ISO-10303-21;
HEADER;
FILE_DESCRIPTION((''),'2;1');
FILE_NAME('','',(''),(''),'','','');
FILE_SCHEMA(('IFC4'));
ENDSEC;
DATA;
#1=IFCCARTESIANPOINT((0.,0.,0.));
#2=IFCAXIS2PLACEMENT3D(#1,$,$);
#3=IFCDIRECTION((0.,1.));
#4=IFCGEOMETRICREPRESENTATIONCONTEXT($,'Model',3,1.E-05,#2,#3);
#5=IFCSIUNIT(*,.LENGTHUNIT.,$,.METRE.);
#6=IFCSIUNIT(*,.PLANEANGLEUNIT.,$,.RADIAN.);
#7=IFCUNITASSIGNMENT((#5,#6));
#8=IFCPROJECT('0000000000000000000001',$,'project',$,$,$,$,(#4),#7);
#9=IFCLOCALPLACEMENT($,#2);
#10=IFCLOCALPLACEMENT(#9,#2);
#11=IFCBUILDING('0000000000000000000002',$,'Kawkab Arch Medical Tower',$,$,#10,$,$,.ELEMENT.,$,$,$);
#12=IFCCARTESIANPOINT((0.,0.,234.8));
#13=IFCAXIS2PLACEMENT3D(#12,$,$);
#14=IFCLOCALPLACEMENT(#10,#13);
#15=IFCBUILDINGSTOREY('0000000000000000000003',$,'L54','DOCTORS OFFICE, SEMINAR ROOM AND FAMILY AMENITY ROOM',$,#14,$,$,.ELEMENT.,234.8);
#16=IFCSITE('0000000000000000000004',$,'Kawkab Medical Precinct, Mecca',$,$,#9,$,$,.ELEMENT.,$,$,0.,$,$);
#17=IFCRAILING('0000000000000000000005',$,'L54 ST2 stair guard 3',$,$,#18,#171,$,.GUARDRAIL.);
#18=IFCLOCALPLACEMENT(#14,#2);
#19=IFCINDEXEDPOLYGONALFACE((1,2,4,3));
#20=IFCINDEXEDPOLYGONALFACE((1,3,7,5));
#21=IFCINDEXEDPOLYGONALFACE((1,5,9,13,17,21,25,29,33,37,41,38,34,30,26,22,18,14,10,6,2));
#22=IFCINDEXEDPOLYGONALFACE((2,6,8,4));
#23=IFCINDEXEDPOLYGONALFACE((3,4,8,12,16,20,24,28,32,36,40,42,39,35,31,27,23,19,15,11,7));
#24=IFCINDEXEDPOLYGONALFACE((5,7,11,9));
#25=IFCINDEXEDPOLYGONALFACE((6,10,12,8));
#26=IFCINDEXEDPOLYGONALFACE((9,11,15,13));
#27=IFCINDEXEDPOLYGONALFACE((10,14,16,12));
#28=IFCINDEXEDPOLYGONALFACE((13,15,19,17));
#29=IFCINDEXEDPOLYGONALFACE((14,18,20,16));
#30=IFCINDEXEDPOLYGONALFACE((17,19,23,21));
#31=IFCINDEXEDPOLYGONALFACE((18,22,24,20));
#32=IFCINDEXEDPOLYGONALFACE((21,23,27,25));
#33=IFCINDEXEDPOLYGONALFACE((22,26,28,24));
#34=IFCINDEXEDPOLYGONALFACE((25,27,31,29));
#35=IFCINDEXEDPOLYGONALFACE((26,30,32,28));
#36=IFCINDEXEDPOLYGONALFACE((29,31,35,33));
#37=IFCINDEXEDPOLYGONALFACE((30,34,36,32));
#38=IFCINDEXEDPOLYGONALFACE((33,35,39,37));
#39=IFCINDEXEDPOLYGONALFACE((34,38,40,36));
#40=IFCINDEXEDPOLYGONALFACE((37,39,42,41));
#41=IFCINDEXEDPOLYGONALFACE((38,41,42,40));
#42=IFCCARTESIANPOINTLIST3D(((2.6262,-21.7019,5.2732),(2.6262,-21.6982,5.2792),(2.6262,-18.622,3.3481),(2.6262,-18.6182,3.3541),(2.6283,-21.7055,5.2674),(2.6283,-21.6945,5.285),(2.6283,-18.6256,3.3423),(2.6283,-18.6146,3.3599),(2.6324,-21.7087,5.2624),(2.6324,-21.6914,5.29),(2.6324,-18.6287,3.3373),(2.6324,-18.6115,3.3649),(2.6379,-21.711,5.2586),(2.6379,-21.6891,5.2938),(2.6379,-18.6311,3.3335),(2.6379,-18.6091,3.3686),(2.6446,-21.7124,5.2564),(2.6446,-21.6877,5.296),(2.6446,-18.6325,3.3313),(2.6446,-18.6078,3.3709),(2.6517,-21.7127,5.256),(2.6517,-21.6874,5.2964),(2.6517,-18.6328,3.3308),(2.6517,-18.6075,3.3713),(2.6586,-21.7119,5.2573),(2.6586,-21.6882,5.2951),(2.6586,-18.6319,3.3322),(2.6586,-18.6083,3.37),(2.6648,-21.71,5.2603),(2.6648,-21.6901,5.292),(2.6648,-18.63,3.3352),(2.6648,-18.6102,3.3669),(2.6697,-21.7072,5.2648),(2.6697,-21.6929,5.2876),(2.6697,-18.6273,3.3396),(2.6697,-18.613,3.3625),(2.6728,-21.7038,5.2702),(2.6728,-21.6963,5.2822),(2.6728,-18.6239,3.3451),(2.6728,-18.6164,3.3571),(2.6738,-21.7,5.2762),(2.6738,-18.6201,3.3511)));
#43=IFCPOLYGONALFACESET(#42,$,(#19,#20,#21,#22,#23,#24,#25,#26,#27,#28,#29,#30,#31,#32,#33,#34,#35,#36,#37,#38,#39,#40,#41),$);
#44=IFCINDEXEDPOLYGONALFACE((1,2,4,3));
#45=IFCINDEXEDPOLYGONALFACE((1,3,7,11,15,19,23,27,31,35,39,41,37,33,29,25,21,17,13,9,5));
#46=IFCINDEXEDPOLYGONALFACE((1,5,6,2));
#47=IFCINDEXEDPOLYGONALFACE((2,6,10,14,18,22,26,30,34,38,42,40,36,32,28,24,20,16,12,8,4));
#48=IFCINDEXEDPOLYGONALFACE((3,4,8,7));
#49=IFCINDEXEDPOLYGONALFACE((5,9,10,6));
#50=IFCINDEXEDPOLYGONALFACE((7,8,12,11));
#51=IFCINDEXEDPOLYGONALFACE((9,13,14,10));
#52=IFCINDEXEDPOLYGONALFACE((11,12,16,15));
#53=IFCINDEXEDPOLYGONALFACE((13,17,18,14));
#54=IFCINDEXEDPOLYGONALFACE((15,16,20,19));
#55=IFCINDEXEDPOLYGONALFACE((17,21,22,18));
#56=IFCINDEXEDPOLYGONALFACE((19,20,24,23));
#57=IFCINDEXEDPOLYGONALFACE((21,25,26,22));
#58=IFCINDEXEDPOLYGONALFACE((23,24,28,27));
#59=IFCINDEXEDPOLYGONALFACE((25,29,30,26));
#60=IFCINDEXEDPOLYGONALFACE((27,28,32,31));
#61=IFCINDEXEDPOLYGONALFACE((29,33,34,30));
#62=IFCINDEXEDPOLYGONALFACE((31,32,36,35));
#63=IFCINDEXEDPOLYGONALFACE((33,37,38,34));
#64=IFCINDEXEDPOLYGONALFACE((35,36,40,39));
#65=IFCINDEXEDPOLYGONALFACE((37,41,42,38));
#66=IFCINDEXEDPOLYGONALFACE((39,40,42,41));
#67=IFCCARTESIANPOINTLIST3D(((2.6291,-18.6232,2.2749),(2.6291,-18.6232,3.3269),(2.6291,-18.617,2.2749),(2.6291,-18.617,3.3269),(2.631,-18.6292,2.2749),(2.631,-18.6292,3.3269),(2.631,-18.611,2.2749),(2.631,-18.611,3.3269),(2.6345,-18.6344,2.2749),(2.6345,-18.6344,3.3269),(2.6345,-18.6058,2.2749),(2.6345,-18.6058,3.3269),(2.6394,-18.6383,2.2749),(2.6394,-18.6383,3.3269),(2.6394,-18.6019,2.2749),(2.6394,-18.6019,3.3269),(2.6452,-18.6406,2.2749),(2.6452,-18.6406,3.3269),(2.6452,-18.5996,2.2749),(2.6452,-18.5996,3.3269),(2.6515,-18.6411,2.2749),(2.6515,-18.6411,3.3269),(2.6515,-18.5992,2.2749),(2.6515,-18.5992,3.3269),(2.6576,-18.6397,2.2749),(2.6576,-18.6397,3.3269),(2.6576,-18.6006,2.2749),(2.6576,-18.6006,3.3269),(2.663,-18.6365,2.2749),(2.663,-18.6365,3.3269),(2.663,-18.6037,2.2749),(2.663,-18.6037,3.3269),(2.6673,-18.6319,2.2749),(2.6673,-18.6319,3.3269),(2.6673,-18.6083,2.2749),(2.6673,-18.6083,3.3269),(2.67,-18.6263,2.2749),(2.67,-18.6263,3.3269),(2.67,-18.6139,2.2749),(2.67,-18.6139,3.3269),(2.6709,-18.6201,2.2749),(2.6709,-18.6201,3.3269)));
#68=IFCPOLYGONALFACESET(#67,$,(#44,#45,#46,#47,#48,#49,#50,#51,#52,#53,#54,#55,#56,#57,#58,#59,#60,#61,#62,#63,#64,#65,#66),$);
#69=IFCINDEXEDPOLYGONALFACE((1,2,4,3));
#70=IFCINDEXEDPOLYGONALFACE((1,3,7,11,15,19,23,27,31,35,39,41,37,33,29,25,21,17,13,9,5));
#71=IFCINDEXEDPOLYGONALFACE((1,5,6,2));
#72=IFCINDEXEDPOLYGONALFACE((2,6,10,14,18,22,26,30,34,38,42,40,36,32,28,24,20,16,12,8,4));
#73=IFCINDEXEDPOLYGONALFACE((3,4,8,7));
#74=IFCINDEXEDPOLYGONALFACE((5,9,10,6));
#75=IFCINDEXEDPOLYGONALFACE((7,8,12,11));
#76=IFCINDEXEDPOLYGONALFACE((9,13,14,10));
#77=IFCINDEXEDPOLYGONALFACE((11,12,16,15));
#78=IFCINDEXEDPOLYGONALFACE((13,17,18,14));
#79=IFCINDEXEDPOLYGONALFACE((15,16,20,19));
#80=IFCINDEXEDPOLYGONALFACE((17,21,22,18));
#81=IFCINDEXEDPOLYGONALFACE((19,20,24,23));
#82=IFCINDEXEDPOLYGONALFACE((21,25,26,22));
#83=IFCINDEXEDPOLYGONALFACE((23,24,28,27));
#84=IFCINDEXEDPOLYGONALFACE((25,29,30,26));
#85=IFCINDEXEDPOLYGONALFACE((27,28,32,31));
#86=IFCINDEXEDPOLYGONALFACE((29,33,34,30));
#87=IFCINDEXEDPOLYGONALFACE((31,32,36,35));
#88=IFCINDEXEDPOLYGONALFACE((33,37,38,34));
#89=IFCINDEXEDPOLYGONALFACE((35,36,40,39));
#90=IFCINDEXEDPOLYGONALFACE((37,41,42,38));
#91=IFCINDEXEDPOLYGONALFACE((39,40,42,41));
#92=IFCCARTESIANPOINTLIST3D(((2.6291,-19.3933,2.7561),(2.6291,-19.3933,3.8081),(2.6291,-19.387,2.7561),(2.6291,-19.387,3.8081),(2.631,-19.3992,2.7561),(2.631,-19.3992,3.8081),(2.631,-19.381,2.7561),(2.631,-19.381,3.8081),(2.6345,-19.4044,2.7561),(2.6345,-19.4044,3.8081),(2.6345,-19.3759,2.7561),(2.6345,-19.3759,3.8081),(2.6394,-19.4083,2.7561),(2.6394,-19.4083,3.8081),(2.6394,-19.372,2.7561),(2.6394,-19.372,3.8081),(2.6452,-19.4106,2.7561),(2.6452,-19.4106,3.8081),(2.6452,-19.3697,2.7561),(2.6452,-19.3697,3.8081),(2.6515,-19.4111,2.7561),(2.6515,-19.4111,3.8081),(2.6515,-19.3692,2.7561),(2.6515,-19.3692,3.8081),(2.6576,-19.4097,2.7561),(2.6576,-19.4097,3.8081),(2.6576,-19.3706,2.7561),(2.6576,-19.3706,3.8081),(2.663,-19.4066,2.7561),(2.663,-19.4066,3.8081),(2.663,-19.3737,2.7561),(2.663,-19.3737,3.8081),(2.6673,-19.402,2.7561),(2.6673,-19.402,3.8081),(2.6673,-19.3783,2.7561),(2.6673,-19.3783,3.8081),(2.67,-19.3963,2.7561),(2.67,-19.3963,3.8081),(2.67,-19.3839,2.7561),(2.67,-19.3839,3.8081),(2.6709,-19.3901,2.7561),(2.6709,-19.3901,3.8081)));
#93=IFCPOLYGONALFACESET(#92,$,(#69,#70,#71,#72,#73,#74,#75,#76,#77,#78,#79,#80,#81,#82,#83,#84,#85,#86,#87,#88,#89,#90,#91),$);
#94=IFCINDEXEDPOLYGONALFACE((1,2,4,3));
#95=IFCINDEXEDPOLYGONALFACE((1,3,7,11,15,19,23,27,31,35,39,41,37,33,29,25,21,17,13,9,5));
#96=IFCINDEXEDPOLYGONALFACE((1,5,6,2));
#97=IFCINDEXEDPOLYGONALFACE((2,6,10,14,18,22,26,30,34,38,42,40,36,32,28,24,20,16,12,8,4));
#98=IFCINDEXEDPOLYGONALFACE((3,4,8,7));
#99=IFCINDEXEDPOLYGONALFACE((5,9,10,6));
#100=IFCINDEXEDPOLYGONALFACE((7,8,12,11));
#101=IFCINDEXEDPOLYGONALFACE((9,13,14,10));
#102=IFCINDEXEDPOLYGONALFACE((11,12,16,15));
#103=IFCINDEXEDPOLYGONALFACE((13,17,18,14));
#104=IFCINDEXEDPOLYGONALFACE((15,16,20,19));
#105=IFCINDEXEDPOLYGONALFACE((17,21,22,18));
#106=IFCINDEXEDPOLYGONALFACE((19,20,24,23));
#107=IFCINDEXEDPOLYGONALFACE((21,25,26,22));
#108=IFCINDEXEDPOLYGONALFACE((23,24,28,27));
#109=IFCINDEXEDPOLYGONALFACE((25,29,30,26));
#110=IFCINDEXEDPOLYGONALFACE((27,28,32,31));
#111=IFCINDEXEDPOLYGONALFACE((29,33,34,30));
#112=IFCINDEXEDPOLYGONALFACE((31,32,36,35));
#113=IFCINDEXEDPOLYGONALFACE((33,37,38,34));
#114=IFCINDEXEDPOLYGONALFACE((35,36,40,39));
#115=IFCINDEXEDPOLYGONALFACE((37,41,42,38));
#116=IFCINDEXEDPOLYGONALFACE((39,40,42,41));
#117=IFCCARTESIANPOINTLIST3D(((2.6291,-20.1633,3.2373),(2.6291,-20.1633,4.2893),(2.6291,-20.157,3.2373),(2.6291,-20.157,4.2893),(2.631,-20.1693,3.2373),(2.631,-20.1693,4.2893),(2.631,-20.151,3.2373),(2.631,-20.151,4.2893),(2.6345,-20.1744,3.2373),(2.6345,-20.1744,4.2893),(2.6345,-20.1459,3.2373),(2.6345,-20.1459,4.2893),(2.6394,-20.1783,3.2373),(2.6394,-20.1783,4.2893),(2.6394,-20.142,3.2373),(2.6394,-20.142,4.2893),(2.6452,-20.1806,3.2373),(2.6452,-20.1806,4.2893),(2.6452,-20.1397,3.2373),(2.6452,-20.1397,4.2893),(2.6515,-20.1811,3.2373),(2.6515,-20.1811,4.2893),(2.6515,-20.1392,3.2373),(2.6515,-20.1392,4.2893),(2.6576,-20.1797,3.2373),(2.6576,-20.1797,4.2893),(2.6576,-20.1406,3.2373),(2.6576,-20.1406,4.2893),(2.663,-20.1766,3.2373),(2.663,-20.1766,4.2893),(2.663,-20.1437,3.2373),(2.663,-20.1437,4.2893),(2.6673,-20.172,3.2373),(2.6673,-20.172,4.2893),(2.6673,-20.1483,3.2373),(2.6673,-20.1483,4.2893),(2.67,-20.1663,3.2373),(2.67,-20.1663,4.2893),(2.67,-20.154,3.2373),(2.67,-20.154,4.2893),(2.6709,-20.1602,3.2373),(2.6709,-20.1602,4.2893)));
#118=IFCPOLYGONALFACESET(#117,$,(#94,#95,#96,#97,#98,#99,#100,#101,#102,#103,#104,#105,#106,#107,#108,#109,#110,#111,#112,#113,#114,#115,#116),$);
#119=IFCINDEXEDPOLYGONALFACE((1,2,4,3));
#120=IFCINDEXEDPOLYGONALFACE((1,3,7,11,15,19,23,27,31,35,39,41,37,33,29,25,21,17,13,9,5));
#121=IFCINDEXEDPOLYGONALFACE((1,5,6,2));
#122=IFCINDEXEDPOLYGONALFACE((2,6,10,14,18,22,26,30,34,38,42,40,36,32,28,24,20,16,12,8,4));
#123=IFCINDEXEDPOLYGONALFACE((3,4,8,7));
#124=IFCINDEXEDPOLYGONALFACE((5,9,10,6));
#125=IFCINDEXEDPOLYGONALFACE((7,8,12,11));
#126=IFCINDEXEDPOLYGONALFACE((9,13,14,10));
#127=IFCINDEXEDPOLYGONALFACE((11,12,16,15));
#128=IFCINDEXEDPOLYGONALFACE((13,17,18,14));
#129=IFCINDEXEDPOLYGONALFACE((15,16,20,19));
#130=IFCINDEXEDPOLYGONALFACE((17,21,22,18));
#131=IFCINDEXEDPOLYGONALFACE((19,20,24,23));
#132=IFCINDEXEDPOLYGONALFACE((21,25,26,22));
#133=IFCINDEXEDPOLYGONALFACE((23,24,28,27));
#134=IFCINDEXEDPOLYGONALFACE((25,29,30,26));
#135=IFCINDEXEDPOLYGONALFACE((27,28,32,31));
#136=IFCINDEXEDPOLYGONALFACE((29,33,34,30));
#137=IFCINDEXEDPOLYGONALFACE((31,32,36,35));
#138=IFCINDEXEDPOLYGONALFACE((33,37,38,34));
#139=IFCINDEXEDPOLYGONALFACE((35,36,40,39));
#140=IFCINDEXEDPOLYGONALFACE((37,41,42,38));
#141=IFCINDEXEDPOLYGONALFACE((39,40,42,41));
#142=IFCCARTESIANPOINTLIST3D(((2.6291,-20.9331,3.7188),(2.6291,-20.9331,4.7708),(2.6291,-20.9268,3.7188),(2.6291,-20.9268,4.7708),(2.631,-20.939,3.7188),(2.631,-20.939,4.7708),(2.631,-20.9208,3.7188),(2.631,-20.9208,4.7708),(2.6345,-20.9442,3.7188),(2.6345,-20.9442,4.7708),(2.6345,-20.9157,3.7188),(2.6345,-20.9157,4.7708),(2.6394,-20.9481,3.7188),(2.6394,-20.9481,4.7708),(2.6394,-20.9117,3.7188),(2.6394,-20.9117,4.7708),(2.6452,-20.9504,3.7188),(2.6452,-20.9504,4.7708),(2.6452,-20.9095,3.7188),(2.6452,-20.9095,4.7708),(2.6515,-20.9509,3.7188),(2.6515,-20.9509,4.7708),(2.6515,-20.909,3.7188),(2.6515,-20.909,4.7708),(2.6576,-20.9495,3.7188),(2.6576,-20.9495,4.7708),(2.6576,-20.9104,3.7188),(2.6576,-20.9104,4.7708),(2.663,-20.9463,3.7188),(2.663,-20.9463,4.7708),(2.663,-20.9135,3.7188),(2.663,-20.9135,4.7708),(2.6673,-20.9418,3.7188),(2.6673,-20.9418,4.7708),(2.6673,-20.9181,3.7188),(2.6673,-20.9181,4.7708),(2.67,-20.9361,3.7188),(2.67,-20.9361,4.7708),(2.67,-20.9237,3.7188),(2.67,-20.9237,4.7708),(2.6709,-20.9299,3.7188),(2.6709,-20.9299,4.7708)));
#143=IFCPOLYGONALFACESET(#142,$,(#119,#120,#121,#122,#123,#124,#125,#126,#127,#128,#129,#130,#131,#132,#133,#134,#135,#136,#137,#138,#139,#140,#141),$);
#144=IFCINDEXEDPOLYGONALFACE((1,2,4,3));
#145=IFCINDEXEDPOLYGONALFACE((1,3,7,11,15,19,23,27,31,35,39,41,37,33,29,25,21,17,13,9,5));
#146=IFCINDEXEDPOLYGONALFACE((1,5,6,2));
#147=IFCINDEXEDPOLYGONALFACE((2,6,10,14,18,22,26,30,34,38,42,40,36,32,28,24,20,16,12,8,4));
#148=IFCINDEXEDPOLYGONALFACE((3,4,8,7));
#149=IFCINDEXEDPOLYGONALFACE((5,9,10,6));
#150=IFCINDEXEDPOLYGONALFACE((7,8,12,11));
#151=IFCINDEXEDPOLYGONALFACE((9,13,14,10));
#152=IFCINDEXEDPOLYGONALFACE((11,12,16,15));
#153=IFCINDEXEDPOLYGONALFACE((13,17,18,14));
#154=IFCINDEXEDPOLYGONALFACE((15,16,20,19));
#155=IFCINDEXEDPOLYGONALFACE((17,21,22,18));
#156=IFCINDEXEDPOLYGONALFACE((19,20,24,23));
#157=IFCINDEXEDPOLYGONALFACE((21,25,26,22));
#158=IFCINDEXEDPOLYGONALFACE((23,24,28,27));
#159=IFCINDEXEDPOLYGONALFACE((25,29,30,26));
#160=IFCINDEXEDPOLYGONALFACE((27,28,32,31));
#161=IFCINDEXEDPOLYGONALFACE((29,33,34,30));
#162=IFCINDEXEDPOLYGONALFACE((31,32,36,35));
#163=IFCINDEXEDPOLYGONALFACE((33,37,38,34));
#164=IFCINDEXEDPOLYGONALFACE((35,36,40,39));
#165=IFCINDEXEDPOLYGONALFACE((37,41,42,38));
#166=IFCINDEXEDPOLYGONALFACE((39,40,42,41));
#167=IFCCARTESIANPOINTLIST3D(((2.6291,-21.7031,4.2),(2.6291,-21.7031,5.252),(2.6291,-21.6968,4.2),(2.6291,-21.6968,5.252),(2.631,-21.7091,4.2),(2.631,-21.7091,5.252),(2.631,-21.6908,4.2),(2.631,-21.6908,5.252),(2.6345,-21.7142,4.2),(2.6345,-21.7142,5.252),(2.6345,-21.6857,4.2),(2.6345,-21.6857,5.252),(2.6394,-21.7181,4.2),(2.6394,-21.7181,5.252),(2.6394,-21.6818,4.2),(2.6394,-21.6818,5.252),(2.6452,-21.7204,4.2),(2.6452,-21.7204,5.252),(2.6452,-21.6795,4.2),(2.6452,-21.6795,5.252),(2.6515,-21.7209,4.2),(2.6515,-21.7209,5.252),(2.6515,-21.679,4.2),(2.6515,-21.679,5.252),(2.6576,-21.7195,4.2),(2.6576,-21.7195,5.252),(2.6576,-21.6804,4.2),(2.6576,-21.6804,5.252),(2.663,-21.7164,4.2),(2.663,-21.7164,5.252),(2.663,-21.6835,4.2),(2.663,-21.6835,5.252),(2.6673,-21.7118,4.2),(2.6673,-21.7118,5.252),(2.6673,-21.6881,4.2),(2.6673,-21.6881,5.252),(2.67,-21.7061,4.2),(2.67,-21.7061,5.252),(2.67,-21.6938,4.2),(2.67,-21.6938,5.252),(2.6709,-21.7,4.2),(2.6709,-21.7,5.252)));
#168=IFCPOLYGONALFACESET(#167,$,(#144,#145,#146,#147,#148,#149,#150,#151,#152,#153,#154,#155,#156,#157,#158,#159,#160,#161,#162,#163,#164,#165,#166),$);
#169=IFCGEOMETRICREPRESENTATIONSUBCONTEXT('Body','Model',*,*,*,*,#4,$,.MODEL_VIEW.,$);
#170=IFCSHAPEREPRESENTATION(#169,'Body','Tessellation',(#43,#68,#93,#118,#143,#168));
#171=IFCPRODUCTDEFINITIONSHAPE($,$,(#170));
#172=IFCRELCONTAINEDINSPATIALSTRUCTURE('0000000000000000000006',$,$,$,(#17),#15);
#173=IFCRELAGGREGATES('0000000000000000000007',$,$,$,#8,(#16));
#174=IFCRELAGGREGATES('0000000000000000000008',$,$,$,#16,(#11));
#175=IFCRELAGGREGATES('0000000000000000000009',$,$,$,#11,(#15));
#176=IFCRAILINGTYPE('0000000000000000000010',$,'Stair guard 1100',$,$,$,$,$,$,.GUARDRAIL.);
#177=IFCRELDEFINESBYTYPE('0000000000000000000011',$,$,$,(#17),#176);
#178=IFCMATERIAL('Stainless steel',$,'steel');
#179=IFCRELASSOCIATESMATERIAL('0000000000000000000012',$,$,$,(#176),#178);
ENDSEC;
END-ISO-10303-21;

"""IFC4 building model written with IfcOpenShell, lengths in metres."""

from ifc_helpers import new_model, si_unit, direction, frame, origin, origin_2d, place, context, subcontext, project, spatial, circle, extrude, material, type_object, element, save


model = new_model("IFC4")

# Units and contexts
model_context = context("Model", 3, precision=1e-05, world=origin(), true_north=direction((0.0, 1.0)))
body_context = subcontext(model_context, "Body", "Model", "MODEL_VIEW")
ifc_project = project(units=[si_unit("LENGTHUNIT", "METRE"), si_unit("PLANEANGLEUNIT", "RADIAN")], contexts=[model_context])

# Site, building, storey
site_placement = place(None, origin())
site = spatial("IfcSite", under=ifc_project, at=site_placement, Name="Kawkab Medical Precinct, Mecca", CompositionType="ELEMENT", RefElevation=0.0)
building_placement = place(site_placement, origin())
building = spatial("IfcBuilding", under=site, at=building_placement, Name="Kawkab Arch Medical Tower", CompositionType="ELEMENT")
storey_placement = place(building_placement, frame((0.0, 0.0, 234.8)))
storey = spatial("IfcBuildingStorey", under=building, at=storey_placement, Name="L54", Description="DOCTORS OFFICE, SEMINAR ROOM AND FAMILY AMENITY ROOM", CompositionType="ELEMENT", Elevation=234.8)

# Railing
ifc_material_1 = material(Name="Stainless steel", Category="steel")
railing_type_1 = type_object("IfcRailingType", Name="Stair guard 1100", PredefinedType="GUARDRAIL", material=ifc_material_1)
railing_1_placement = place(storey_placement, frame((2.6499, -18.6201, 2.2749)))
element("IfcRailing", 1, at=railing_1_placement, inside=storey, type_object=railing_type_1, Name="L54 ST2 stair guard 3", PredefinedType="GUARDRAIL", context=body_context, shape_type="SweptSolid", body=[
    extrude(circle(Radius=0.0239, at=origin_2d()), frame((0.0, 0.0, 1.0762), z_axis=(0.0, -0.847979, 0.530029), x_axis=(1.0, 0.0, 0.0)), (0.0, 0.0, 1.0), 3.6321),
    extrude(circle(Radius=0.021, at=origin_2d()), origin(), (0.0, 0.0, 1.0), 1.052),
    extrude(circle(Radius=0.021, at=origin_2d()), frame((0.0, -0.77, 0.4812)), (0.0, 0.0, 1.0), 1.052),
    extrude(circle(Radius=0.021, at=origin_2d()), frame((0.0, -1.54, 0.9624)), (0.0, 0.0, 1.0), 1.052),
    extrude(circle(Radius=0.021, at=origin_2d()), frame((0.0, -2.3098, 1.4438)), (0.0, 0.0, 1.0), 1.052),
    extrude(circle(Radius=0.021, at=origin_2d()), frame((0.0, -3.0798, 1.925)), (0.0, 0.0, 1.0), 1.052),
])

save(model, "model.ifc")
